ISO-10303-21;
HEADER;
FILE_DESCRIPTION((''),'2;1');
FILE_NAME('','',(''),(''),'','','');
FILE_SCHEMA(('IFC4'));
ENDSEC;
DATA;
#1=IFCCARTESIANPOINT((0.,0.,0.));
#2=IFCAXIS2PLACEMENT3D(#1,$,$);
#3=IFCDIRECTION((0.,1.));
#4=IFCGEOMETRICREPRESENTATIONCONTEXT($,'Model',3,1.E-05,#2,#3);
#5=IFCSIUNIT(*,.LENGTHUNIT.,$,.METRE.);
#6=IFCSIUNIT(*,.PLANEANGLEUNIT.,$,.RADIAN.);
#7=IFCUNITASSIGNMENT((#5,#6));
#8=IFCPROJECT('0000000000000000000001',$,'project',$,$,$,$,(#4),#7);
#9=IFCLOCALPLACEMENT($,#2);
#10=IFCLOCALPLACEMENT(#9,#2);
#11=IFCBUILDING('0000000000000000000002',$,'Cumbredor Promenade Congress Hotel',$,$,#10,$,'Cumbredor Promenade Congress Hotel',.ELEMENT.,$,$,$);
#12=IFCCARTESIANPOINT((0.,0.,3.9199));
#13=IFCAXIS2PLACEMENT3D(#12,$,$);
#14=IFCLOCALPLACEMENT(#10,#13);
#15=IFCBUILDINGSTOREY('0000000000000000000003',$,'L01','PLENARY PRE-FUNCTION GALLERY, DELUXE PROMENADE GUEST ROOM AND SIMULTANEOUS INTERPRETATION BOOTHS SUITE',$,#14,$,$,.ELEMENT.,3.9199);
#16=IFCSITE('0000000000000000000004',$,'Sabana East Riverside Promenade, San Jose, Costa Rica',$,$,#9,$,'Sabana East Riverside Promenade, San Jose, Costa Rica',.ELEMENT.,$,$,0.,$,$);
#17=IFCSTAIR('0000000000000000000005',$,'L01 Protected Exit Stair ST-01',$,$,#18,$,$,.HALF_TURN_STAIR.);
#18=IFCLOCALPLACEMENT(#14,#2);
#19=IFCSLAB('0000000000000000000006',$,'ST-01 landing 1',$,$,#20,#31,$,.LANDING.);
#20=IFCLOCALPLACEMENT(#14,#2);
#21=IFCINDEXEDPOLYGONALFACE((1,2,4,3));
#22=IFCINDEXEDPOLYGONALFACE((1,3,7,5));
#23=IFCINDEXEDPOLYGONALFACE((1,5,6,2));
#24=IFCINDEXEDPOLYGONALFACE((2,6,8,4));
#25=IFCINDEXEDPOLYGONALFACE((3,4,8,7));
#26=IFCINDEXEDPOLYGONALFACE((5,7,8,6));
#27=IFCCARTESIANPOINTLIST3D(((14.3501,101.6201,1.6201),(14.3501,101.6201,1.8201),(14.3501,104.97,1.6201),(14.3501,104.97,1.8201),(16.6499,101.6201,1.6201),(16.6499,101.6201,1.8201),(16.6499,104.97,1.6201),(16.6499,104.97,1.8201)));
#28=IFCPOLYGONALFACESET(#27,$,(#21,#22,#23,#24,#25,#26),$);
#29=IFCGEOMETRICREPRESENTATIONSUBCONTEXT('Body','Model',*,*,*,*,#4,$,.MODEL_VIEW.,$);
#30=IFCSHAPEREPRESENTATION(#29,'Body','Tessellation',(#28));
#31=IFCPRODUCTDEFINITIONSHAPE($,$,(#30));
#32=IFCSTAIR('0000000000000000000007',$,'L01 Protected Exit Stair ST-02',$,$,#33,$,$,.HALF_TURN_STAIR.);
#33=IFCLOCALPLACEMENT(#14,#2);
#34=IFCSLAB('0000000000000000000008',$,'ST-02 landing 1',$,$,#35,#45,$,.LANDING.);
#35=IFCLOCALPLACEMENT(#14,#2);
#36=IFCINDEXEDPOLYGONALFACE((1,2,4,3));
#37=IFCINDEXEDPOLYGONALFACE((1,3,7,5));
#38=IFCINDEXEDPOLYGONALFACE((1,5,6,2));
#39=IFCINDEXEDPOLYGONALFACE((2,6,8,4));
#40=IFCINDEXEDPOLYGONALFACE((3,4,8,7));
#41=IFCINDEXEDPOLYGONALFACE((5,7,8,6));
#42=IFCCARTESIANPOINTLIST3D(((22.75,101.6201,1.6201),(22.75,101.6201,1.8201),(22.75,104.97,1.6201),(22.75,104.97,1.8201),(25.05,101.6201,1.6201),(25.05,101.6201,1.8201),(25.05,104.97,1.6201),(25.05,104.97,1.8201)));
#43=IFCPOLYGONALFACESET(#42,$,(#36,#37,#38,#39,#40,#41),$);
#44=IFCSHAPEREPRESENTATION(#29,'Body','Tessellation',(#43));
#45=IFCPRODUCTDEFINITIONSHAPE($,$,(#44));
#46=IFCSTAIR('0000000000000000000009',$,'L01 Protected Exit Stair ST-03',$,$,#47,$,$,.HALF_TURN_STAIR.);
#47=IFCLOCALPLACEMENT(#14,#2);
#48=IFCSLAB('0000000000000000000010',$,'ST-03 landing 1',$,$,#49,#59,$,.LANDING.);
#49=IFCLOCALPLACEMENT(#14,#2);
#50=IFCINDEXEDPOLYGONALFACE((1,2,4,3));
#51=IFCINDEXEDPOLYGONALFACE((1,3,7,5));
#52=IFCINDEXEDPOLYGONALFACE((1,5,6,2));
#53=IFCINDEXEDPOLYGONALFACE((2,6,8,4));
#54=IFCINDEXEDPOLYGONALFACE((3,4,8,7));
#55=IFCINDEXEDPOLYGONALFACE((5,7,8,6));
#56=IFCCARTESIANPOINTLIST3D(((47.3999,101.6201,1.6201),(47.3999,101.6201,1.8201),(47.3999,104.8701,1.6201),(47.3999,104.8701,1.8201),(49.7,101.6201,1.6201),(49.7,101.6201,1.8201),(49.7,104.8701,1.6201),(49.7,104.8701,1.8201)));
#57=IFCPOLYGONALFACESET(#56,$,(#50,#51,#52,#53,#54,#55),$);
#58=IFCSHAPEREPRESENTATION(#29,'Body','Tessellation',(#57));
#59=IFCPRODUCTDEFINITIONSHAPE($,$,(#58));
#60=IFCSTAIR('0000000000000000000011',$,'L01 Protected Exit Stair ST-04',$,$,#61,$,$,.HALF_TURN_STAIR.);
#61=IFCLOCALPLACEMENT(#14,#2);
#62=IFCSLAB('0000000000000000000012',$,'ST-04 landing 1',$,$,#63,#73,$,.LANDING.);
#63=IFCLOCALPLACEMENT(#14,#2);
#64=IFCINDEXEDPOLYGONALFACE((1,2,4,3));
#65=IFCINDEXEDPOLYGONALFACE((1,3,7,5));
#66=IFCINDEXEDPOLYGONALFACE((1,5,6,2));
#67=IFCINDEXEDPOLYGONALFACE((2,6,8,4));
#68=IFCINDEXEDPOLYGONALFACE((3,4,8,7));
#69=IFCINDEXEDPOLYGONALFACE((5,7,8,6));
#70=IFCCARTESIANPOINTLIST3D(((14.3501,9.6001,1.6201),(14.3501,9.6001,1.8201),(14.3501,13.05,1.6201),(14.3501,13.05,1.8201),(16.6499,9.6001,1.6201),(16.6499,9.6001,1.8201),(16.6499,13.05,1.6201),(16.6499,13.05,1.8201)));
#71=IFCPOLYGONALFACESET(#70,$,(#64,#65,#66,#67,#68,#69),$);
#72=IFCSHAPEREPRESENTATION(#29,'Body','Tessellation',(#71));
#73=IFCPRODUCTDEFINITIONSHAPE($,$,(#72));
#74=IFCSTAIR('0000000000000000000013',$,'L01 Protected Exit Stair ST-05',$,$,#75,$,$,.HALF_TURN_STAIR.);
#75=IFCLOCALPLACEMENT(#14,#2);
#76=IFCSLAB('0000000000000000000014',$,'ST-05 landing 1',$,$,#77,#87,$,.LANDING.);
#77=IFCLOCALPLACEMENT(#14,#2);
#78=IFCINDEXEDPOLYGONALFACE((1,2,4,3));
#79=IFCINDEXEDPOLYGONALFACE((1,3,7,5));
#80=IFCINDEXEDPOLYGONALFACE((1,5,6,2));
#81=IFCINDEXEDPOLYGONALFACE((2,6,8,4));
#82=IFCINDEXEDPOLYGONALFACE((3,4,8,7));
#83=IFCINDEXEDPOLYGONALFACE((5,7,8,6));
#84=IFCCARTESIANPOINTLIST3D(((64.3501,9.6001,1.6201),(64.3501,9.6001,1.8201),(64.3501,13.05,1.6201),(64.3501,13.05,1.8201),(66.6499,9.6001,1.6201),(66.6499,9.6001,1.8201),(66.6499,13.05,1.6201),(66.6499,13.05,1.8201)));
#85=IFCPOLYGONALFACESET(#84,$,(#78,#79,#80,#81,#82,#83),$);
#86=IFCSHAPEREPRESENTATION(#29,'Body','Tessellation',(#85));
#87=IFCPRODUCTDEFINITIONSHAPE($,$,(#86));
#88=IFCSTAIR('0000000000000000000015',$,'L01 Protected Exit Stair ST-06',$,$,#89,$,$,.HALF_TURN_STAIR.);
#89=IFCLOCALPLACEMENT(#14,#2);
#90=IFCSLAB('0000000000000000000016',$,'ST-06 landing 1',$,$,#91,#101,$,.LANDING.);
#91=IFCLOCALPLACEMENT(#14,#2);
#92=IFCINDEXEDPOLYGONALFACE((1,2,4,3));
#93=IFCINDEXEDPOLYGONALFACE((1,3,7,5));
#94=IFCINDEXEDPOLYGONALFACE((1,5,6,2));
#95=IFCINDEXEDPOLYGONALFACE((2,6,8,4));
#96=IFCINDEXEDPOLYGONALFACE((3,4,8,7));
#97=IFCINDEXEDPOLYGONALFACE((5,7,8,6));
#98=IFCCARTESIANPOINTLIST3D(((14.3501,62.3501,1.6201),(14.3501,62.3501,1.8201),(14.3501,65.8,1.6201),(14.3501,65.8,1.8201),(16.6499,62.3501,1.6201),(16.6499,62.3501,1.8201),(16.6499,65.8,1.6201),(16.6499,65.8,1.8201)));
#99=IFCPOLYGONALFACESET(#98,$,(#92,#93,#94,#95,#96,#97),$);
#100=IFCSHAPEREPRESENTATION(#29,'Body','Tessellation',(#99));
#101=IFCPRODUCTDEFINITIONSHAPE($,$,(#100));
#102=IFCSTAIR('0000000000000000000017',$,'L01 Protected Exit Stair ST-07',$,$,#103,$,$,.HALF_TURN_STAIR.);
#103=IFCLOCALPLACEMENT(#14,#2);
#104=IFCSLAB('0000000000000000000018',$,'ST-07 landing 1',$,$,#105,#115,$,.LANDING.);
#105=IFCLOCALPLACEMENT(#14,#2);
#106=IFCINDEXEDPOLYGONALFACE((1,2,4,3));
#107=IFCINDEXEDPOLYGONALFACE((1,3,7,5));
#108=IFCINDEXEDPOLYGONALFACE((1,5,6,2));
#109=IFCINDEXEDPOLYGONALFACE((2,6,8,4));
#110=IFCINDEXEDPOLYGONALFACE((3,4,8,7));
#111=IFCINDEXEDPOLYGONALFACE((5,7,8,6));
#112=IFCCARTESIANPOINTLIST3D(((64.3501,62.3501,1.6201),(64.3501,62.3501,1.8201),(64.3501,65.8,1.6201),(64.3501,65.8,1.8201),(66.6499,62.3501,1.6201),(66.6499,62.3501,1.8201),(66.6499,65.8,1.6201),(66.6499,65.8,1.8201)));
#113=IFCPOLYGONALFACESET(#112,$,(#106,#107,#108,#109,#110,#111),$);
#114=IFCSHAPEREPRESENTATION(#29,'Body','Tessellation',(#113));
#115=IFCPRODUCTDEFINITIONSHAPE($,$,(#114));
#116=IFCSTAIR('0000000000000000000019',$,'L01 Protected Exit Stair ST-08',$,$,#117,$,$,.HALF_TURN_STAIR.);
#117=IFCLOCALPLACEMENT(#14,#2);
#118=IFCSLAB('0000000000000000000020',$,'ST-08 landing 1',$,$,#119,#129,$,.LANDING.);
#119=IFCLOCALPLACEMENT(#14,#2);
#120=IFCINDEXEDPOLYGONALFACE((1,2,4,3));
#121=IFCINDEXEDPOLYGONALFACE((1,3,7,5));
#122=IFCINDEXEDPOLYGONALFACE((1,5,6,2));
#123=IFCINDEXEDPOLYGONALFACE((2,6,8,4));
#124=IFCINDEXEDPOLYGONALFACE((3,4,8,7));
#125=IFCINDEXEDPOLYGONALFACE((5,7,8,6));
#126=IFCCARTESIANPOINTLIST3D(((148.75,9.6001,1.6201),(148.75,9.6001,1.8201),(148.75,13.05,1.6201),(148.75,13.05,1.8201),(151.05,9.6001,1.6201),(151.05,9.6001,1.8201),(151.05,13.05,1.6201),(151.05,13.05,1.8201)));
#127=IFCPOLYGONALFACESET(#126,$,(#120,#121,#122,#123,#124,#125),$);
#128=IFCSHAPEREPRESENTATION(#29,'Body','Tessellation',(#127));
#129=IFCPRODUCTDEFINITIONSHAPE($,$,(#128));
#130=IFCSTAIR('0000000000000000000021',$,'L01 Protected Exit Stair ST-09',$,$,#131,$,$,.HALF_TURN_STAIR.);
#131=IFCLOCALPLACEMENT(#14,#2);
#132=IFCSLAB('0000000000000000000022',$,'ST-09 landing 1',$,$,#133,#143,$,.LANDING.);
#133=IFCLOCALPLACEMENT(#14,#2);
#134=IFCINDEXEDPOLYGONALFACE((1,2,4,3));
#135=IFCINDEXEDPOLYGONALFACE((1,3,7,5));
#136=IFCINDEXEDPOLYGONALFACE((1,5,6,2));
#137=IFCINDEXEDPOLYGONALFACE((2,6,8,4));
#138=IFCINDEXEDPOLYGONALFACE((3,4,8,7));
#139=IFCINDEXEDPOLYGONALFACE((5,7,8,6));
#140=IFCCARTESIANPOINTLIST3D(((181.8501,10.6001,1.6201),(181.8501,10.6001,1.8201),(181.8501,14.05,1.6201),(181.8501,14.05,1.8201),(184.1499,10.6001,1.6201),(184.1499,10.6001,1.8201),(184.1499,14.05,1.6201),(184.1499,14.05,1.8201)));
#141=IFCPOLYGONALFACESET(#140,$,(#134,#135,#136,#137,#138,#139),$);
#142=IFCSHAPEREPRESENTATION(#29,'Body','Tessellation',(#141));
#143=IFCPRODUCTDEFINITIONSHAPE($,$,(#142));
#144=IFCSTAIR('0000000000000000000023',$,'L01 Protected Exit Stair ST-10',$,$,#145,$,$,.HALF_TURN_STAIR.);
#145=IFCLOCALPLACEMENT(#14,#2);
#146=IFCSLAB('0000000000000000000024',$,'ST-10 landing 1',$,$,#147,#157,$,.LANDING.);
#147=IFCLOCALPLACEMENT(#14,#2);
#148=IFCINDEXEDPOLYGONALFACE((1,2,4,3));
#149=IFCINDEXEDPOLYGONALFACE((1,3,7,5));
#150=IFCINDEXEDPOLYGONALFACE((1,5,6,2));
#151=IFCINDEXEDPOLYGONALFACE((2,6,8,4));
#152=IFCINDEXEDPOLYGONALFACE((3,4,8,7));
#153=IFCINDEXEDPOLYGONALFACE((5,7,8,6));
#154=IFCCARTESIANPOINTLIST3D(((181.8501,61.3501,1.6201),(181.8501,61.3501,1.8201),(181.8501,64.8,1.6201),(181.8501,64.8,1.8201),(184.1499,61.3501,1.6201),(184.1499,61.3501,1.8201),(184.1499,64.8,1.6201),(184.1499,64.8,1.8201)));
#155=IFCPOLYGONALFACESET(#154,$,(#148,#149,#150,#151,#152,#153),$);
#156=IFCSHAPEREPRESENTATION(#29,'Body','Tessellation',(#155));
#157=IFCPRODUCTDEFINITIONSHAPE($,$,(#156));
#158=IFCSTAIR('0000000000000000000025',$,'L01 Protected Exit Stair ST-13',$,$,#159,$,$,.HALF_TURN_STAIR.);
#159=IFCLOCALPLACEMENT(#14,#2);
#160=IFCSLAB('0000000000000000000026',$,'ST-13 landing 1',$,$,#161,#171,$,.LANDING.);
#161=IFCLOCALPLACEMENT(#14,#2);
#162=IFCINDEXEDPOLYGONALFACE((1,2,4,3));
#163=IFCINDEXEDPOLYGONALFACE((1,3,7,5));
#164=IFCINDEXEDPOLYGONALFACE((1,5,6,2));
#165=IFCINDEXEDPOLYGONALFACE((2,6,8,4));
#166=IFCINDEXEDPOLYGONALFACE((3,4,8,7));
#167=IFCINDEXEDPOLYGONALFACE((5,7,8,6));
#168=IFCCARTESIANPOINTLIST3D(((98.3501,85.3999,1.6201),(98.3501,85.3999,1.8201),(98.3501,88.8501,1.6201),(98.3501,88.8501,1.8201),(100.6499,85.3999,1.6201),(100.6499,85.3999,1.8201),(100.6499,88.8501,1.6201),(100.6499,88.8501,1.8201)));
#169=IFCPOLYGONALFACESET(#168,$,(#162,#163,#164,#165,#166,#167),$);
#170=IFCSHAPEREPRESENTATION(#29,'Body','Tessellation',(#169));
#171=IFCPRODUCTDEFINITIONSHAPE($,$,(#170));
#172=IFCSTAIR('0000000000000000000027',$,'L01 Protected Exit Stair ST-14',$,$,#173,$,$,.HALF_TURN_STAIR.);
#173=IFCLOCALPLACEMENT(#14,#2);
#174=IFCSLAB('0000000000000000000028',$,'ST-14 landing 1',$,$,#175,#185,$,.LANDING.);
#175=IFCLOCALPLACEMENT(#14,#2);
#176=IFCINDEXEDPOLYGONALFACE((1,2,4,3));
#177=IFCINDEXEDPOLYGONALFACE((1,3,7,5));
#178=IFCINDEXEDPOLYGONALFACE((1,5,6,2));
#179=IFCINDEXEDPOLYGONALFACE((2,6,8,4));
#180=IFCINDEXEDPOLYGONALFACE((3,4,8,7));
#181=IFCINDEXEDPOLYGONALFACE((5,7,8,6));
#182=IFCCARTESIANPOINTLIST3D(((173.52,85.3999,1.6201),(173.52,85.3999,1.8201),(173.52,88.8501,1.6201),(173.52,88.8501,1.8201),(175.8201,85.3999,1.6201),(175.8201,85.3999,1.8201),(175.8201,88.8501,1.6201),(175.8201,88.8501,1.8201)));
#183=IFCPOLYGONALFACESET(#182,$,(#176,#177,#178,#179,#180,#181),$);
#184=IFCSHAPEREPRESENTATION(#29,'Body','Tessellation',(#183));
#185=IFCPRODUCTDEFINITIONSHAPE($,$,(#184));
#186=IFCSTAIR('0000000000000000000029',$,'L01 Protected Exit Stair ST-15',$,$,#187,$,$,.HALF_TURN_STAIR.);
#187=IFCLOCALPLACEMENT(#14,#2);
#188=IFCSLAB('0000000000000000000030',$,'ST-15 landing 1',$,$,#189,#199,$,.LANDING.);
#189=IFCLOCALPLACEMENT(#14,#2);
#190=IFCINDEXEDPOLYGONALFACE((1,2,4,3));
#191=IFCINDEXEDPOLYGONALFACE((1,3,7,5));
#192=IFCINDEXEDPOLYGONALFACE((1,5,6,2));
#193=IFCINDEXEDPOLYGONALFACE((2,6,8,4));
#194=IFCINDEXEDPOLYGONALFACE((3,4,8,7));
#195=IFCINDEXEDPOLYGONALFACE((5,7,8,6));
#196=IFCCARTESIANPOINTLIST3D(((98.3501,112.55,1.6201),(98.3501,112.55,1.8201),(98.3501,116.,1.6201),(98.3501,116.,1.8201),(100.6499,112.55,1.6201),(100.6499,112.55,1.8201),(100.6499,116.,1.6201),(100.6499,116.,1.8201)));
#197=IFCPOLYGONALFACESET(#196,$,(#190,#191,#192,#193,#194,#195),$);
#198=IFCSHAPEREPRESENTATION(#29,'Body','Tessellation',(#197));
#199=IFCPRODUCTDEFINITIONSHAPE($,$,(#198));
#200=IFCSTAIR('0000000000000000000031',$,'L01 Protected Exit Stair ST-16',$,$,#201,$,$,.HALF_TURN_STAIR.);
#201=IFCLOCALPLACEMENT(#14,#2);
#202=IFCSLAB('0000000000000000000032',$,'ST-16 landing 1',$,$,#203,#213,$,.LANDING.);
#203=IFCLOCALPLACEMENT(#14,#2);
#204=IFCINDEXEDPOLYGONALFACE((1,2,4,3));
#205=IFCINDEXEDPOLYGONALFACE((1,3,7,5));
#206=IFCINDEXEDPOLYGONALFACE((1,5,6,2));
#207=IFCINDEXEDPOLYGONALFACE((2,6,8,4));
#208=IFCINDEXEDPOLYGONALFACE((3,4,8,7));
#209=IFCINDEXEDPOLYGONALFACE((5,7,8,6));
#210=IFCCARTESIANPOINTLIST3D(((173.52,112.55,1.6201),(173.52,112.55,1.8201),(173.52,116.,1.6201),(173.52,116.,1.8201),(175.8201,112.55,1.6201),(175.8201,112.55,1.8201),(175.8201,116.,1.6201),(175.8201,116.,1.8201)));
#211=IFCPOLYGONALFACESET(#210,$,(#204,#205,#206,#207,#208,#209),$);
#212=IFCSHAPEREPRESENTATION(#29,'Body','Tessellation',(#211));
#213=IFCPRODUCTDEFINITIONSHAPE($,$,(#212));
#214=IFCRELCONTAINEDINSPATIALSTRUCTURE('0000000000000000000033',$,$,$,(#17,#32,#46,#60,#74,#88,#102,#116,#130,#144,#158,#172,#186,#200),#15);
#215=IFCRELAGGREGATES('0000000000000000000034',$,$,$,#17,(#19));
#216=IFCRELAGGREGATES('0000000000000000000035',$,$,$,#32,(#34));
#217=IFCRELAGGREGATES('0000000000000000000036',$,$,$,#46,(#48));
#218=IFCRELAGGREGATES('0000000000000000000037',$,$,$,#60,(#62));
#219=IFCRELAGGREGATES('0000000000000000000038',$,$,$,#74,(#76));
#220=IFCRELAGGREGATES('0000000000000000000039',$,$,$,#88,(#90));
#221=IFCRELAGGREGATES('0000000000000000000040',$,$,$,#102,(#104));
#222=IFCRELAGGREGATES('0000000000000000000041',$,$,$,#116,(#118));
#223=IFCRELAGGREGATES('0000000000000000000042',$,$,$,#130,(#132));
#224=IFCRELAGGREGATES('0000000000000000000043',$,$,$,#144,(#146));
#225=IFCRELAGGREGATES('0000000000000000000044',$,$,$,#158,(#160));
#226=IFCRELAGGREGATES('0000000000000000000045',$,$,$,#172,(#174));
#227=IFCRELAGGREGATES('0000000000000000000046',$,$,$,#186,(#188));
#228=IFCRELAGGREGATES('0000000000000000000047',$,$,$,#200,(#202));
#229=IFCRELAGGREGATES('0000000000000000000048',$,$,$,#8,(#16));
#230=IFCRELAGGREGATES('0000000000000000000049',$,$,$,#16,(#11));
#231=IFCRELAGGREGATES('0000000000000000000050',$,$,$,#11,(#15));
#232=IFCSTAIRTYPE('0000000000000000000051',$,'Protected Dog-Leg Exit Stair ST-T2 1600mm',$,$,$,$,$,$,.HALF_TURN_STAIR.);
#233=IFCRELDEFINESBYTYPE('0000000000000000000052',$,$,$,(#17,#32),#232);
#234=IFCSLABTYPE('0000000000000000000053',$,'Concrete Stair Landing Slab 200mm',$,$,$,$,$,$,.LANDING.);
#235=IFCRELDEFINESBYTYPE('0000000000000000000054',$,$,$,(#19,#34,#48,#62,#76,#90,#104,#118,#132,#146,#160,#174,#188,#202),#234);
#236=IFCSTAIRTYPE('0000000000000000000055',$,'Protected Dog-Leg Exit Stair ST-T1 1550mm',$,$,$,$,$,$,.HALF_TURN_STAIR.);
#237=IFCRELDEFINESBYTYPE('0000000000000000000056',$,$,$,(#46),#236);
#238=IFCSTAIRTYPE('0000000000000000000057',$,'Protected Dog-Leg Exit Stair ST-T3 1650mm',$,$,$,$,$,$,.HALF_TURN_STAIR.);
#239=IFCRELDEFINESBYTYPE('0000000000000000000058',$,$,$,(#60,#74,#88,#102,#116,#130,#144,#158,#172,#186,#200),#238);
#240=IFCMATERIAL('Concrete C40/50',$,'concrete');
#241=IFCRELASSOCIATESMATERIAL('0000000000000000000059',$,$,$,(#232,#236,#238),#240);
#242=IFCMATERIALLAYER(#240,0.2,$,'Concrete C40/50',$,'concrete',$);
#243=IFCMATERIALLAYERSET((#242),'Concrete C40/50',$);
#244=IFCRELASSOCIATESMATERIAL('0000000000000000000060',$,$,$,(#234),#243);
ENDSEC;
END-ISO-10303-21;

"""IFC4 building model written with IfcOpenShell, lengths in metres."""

from ifc_helpers import new_model, si_unit, direction, frame, origin, place, context, subcontext, project, spatial, polyline, outline, extrude, material, layer, layer_set, type_object, element, aggregate, save


model = new_model("IFC4")

# Units and contexts
model_context = context("Model", 3, precision=1e-05, world=origin(), true_north=direction((0.0, 1.0)))
body_context = subcontext(model_context, "Body", "Model", "MODEL_VIEW")
ifc_project = project(units=[si_unit("LENGTHUNIT", "METRE"), si_unit("PLANEANGLEUNIT", "RADIAN")], contexts=[model_context])

# Site, building, storey
site_placement = place(None, origin())
site = spatial("IfcSite", under=ifc_project, at=site_placement, Name="Sabana East Riverside Promenade, San Jose, Costa Rica", LongName="Sabana East Riverside Promenade, San Jose, Costa Rica", CompositionType="ELEMENT", RefElevation=0.0)
building_placement = place(site_placement, origin())
building = spatial("IfcBuilding", under=site, at=building_placement, Name="Cumbredor Promenade Congress Hotel", LongName="Cumbredor Promenade Congress Hotel", CompositionType="ELEMENT")
storey_placement = place(building_placement, frame((0.0, 0.0, 3.9199)))
storey = spatial("IfcBuildingStorey", under=building, at=storey_placement, Name="L01", Description="PLENARY PRE-FUNCTION GALLERY, DELUXE PROMENADE GUEST ROOM AND SIMULTANEOUS INTERPRETATION BOOTHS SUITE", CompositionType="ELEMENT", Elevation=3.9199)

# Stairs, slabs
ifc_material_1 = material(Name="Concrete C40/50", Category="concrete")
stair_type_1 = type_object("IfcStairType", Name="Protected Dog-Leg Exit Stair ST-T2 1600mm", PredefinedType="HALF_TURN_STAIR", material=ifc_material_1)
stair_1_placement = place(storey_placement, origin())
stair_1 = element("IfcStair", 1, at=stair_1_placement, inside=storey, type_object=stair_type_1, Name="L01 Protected Exit Stair ST-01", PredefinedType="HALF_TURN_STAIR")
ifc_layer_1 = layer(ifc_material_1, 0.2, Name="Concrete C40/50", Category="concrete")
ifc_layer_set_1 = layer_set([ifc_layer_1], Name="Concrete C40/50")
slab_type = type_object("IfcSlabType", Name="Concrete Stair Landing Slab 200mm", PredefinedType="LANDING", material=ifc_layer_set_1)
slab_1_placement = place(storey_placement, frame((0.0, 0.0, 1.6201)))
slab_1 = element("IfcSlab", 2, at=slab_1_placement, type_object=slab_type, Name="ST-01 landing 1", PredefinedType="LANDING", context=body_context, shape_type="SweptSolid", body=[
    extrude(outline(polyline([(14.3501, 101.6201), (16.6499, 101.6201), (16.6499, 104.97), (14.3501, 104.97), (14.3501, 101.6201)])), origin(), (0.0, 0.0, 1.0), 0.2),
])
aggregate(stair_1, [slab_1])
stair_2_placement = place(storey_placement, origin())
stair_2 = element("IfcStair", 3, at=stair_2_placement, inside=storey, type_object=stair_type_1, Name="L01 Protected Exit Stair ST-02", PredefinedType="HALF_TURN_STAIR")
slab_2_placement = place(storey_placement, frame((0.0, 0.0, 1.6201)))
slab_2 = element("IfcSlab", 4, at=slab_2_placement, type_object=slab_type, Name="ST-02 landing 1", PredefinedType="LANDING", context=body_context, shape_type="SweptSolid", body=[
    extrude(outline(polyline([(22.75, 101.6201), (25.05, 101.6201), (25.05, 104.97), (22.75, 104.97), (22.75, 101.6201)])), origin(), (0.0, 0.0, 1.0), 0.2),
])
aggregate(stair_2, [slab_2])
stair_type_2 = type_object("IfcStairType", Name="Protected Dog-Leg Exit Stair ST-T1 1550mm", PredefinedType="HALF_TURN_STAIR", material=ifc_material_1)
stair_3_placement = place(storey_placement, origin())
stair_3 = element("IfcStair", 5, at=stair_3_placement, inside=storey, type_object=stair_type_2, Name="L01 Protected Exit Stair ST-03", PredefinedType="HALF_TURN_STAIR")
slab_3_placement = place(storey_placement, frame((0.0, 0.0, 1.6201)))
slab_3 = element("IfcSlab", 6, at=slab_3_placement, type_object=slab_type, Name="ST-03 landing 1", PredefinedType="LANDING", context=body_context, shape_type="SweptSolid", body=[
    extrude(outline(polyline([(47.3999, 101.6201), (49.7, 101.6201), (49.7, 104.8701), (47.3999, 104.8701), (47.3999, 101.6201)])), origin(), (0.0, 0.0, 1.0), 0.2),
])
aggregate(stair_3, [slab_3])
stair_type_3 = type_object("IfcStairType", Name="Protected Dog-Leg Exit Stair ST-T3 1650mm", PredefinedType="HALF_TURN_STAIR", material=ifc_material_1)
stair_4_placement = place(storey_placement, origin())
stair_4 = element("IfcStair", 7, at=stair_4_placement, inside=storey, type_object=stair_type_3, Name="L01 Protected Exit Stair ST-04", PredefinedType="HALF_TURN_STAIR")
slab_4_placement = place(storey_placement, frame((0.0, 0.0, 1.6201)))
slab_4 = element("IfcSlab", 8, at=slab_4_placement, type_object=slab_type, Name="ST-04 landing 1", PredefinedType="LANDING", context=body_context, shape_type="SweptSolid", body=[
    extrude(outline(polyline([(14.3501, 9.6001), (16.6499, 9.6001), (16.6499, 13.05), (14.3501, 13.05), (14.3501, 9.6001)])), origin(), (0.0, 0.0, 1.0), 0.2),
])
aggregate(stair_4, [slab_4])
stair_5_placement = place(storey_placement, origin())
stair_5 = element("IfcStair", 9, at=stair_5_placement, inside=storey, type_object=stair_type_3, Name="L01 Protected Exit Stair ST-05", PredefinedType="HALF_TURN_STAIR")
slab_5_placement = place(storey_placement, frame((0.0, 0.0, 1.6201)))
slab_5 = element("IfcSlab", 10, at=slab_5_placement, type_object=slab_type, Name="ST-05 landing 1", PredefinedType="LANDING", context=body_context, shape_type="SweptSolid", body=[
    extrude(outline(polyline([(64.3501, 9.6001), (66.6499, 9.6001), (66.6499, 13.05), (64.3501, 13.05), (64.3501, 9.6001)])), origin(), (0.0, 0.0, 1.0), 0.2),
])
aggregate(stair_5, [slab_5])
stair_6_placement = place(storey_placement, origin())
stair_6 = element("IfcStair", 11, at=stair_6_placement, inside=storey, type_object=stair_type_3, Name="L01 Protected Exit Stair ST-06", PredefinedType="HALF_TURN_STAIR")
slab_6_placement = place(storey_placement, frame((0.0, 0.0, 1.6201)))
slab_6 = element("IfcSlab", 12, at=slab_6_placement, type_object=slab_type, Name="ST-06 landing 1", PredefinedType="LANDING", context=body_context, shape_type="SweptSolid", body=[
    extrude(outline(polyline([(14.3501, 62.3501), (16.6499, 62.3501), (16.6499, 65.8), (14.3501, 65.8), (14.3501, 62.3501)])), origin(), (0.0, 0.0, 1.0), 0.2),
])
aggregate(stair_6, [slab_6])
stair_7_placement = place(storey_placement, origin())
stair_7 = element("IfcStair", 13, at=stair_7_placement, inside=storey, type_object=stair_type_3, Name="L01 Protected Exit Stair ST-07", PredefinedType="HALF_TURN_STAIR")
slab_7_placement = place(storey_placement, frame((0.0, 0.0, 1.6201)))
slab_7 = element("IfcSlab", 14, at=slab_7_placement, type_object=slab_type, Name="ST-07 landing 1", PredefinedType="LANDING", context=body_context, shape_type="SweptSolid", body=[
    extrude(outline(polyline([(64.3501, 62.3501), (66.6499, 62.3501), (66.6499, 65.8), (64.3501, 65.8), (64.3501, 62.3501)])), origin(), (0.0, 0.0, 1.0), 0.2),
])
aggregate(stair_7, [slab_7])
stair_8_placement = place(storey_placement, origin())
stair_8 = element("IfcStair", 15, at=stair_8_placement, inside=storey, type_object=stair_type_3, Name="L01 Protected Exit Stair ST-08", PredefinedType="HALF_TURN_STAIR")
slab_8_placement = place(storey_placement, frame((0.0, 0.0, 1.6201)))
slab_8 = element("IfcSlab", 16, at=slab_8_placement, type_object=slab_type, Name="ST-08 landing 1", PredefinedType="LANDING", context=body_context, shape_type="SweptSolid", body=[
    extrude(outline(polyline([(148.75, 9.6001), (151.05, 9.6001), (151.05, 13.05), (148.75, 13.05), (148.75, 9.6001)])), origin(), (0.0, 0.0, 1.0), 0.2),
])
aggregate(stair_8, [slab_8])
stair_9_placement = place(storey_placement, origin())
stair_9 = element("IfcStair", 17, at=stair_9_placement, inside=storey, type_object=stair_type_3, Name="L01 Protected Exit Stair ST-09", PredefinedType="HALF_TURN_STAIR")
slab_9_placement = place(storey_placement, frame((0.0, 0.0, 1.6201)))
slab_9 = element("IfcSlab", 18, at=slab_9_placement, type_object=slab_type, Name="ST-09 landing 1", PredefinedType="LANDING", context=body_context, shape_type="SweptSolid", body=[
    extrude(outline(polyline([(181.8501, 10.6001), (184.1499, 10.6001), (184.1499, 14.05), (181.8501, 14.05), (181.8501, 10.6001)])), origin(), (0.0, 0.0, 1.0), 0.2),
])
aggregate(stair_9, [slab_9])
stair_10_placement = place(storey_placement, origin())
stair_10 = element("IfcStair", 19, at=stair_10_placement, inside=storey, type_object=stair_type_3, Name="L01 Protected Exit Stair ST-10", PredefinedType="HALF_TURN_STAIR")
slab_10_placement = place(storey_placement, frame((0.0, 0.0, 1.6201)))
slab_10 = element("IfcSlab", 20, at=slab_10_placement, type_object=slab_type, Name="ST-10 landing 1", PredefinedType="LANDING", context=body_context, shape_type="SweptSolid", body=[
    extrude(outline(polyline([(181.8501, 61.3501), (184.1499, 61.3501), (184.1499, 64.8), (181.8501, 64.8), (181.8501, 61.3501)])), origin(), (0.0, 0.0, 1.0), 0.2),
])
aggregate(stair_10, [slab_10])
stair_11_placement = place(storey_placement, origin())
stair_11 = element("IfcStair", 21, at=stair_11_placement, inside=storey, type_object=stair_type_3, Name="L01 Protected Exit Stair ST-13", PredefinedType="HALF_TURN_STAIR")
slab_11_placement = place(storey_placement, frame((0.0, 0.0, 1.6201)))
slab_11 = element("IfcSlab", 22, at=slab_11_placement, type_object=slab_type, Name="ST-13 landing 1", PredefinedType="LANDING", context=body_context, shape_type="SweptSolid", body=[
    extrude(outline(polyline([(98.3501, 85.3999), (100.6499, 85.3999), (100.6499, 88.8501), (98.3501, 88.8501), (98.3501, 85.3999)])), origin(), (0.0, 0.0, 1.0), 0.2),
])
aggregate(stair_11, [slab_11])
stair_12_placement = place(storey_placement, origin())
stair_12 = element("IfcStair", 23, at=stair_12_placement, inside=storey, type_object=stair_type_3, Name="L01 Protected Exit Stair ST-14", PredefinedType="HALF_TURN_STAIR")
slab_12_placement = place(storey_placement, frame((0.0, 0.0, 1.6201)))
slab_12 = element("IfcSlab", 24, at=slab_12_placement, type_object=slab_type, Name="ST-14 landing 1", PredefinedType="LANDING", context=body_context, shape_type="SweptSolid", body=[
    extrude(outline(polyline([(173.52, 85.3999), (175.8201, 85.3999), (175.8201, 88.8501), (173.52, 88.8501), (173.52, 85.3999)])), origin(), (0.0, 0.0, 1.0), 0.2),
])
aggregate(stair_12, [slab_12])
stair_13_placement = place(storey_placement, origin())
stair_13 = element("IfcStair", 25, at=stair_13_placement, inside=storey, type_object=stair_type_3, Name="L01 Protected Exit Stair ST-15", PredefinedType="HALF_TURN_STAIR")
slab_13_placement = place(storey_placement, frame((0.0, 0.0, 1.6201)))
slab_13 = element("IfcSlab", 26, at=slab_13_placement, type_object=slab_type, Name="ST-15 landing 1", PredefinedType="LANDING", context=body_context, shape_type="SweptSolid", body=[
    extrude(outline(polyline([(98.3501, 112.55), (100.6499, 112.55), (100.6499, 116.0), (98.3501, 116.0), (98.3501, 112.55)])), origin(), (0.0, 0.0, 1.0), 0.2),
])
aggregate(stair_13, [slab_13])
stair_14_placement = place(storey_placement, origin())
stair_14 = element("IfcStair", 27, at=stair_14_placement, inside=storey, type_object=stair_type_3, Name="L01 Protected Exit Stair ST-16", PredefinedType="HALF_TURN_STAIR")
slab_14_placement = place(storey_placement, frame((0.0, 0.0, 1.6201)))
slab_14 = element("IfcSlab", 28, at=slab_14_placement, type_object=slab_type, Name="ST-16 landing 1", PredefinedType="LANDING", context=body_context, shape_type="SweptSolid", body=[
    extrude(outline(polyline([(173.52, 112.55), (175.8201, 112.55), (175.8201, 116.0), (173.52, 116.0), (173.52, 112.55)])), origin(), (0.0, 0.0, 1.0), 0.2),
])
aggregate(stair_14, [slab_14])

save(model, "model.ifc")
